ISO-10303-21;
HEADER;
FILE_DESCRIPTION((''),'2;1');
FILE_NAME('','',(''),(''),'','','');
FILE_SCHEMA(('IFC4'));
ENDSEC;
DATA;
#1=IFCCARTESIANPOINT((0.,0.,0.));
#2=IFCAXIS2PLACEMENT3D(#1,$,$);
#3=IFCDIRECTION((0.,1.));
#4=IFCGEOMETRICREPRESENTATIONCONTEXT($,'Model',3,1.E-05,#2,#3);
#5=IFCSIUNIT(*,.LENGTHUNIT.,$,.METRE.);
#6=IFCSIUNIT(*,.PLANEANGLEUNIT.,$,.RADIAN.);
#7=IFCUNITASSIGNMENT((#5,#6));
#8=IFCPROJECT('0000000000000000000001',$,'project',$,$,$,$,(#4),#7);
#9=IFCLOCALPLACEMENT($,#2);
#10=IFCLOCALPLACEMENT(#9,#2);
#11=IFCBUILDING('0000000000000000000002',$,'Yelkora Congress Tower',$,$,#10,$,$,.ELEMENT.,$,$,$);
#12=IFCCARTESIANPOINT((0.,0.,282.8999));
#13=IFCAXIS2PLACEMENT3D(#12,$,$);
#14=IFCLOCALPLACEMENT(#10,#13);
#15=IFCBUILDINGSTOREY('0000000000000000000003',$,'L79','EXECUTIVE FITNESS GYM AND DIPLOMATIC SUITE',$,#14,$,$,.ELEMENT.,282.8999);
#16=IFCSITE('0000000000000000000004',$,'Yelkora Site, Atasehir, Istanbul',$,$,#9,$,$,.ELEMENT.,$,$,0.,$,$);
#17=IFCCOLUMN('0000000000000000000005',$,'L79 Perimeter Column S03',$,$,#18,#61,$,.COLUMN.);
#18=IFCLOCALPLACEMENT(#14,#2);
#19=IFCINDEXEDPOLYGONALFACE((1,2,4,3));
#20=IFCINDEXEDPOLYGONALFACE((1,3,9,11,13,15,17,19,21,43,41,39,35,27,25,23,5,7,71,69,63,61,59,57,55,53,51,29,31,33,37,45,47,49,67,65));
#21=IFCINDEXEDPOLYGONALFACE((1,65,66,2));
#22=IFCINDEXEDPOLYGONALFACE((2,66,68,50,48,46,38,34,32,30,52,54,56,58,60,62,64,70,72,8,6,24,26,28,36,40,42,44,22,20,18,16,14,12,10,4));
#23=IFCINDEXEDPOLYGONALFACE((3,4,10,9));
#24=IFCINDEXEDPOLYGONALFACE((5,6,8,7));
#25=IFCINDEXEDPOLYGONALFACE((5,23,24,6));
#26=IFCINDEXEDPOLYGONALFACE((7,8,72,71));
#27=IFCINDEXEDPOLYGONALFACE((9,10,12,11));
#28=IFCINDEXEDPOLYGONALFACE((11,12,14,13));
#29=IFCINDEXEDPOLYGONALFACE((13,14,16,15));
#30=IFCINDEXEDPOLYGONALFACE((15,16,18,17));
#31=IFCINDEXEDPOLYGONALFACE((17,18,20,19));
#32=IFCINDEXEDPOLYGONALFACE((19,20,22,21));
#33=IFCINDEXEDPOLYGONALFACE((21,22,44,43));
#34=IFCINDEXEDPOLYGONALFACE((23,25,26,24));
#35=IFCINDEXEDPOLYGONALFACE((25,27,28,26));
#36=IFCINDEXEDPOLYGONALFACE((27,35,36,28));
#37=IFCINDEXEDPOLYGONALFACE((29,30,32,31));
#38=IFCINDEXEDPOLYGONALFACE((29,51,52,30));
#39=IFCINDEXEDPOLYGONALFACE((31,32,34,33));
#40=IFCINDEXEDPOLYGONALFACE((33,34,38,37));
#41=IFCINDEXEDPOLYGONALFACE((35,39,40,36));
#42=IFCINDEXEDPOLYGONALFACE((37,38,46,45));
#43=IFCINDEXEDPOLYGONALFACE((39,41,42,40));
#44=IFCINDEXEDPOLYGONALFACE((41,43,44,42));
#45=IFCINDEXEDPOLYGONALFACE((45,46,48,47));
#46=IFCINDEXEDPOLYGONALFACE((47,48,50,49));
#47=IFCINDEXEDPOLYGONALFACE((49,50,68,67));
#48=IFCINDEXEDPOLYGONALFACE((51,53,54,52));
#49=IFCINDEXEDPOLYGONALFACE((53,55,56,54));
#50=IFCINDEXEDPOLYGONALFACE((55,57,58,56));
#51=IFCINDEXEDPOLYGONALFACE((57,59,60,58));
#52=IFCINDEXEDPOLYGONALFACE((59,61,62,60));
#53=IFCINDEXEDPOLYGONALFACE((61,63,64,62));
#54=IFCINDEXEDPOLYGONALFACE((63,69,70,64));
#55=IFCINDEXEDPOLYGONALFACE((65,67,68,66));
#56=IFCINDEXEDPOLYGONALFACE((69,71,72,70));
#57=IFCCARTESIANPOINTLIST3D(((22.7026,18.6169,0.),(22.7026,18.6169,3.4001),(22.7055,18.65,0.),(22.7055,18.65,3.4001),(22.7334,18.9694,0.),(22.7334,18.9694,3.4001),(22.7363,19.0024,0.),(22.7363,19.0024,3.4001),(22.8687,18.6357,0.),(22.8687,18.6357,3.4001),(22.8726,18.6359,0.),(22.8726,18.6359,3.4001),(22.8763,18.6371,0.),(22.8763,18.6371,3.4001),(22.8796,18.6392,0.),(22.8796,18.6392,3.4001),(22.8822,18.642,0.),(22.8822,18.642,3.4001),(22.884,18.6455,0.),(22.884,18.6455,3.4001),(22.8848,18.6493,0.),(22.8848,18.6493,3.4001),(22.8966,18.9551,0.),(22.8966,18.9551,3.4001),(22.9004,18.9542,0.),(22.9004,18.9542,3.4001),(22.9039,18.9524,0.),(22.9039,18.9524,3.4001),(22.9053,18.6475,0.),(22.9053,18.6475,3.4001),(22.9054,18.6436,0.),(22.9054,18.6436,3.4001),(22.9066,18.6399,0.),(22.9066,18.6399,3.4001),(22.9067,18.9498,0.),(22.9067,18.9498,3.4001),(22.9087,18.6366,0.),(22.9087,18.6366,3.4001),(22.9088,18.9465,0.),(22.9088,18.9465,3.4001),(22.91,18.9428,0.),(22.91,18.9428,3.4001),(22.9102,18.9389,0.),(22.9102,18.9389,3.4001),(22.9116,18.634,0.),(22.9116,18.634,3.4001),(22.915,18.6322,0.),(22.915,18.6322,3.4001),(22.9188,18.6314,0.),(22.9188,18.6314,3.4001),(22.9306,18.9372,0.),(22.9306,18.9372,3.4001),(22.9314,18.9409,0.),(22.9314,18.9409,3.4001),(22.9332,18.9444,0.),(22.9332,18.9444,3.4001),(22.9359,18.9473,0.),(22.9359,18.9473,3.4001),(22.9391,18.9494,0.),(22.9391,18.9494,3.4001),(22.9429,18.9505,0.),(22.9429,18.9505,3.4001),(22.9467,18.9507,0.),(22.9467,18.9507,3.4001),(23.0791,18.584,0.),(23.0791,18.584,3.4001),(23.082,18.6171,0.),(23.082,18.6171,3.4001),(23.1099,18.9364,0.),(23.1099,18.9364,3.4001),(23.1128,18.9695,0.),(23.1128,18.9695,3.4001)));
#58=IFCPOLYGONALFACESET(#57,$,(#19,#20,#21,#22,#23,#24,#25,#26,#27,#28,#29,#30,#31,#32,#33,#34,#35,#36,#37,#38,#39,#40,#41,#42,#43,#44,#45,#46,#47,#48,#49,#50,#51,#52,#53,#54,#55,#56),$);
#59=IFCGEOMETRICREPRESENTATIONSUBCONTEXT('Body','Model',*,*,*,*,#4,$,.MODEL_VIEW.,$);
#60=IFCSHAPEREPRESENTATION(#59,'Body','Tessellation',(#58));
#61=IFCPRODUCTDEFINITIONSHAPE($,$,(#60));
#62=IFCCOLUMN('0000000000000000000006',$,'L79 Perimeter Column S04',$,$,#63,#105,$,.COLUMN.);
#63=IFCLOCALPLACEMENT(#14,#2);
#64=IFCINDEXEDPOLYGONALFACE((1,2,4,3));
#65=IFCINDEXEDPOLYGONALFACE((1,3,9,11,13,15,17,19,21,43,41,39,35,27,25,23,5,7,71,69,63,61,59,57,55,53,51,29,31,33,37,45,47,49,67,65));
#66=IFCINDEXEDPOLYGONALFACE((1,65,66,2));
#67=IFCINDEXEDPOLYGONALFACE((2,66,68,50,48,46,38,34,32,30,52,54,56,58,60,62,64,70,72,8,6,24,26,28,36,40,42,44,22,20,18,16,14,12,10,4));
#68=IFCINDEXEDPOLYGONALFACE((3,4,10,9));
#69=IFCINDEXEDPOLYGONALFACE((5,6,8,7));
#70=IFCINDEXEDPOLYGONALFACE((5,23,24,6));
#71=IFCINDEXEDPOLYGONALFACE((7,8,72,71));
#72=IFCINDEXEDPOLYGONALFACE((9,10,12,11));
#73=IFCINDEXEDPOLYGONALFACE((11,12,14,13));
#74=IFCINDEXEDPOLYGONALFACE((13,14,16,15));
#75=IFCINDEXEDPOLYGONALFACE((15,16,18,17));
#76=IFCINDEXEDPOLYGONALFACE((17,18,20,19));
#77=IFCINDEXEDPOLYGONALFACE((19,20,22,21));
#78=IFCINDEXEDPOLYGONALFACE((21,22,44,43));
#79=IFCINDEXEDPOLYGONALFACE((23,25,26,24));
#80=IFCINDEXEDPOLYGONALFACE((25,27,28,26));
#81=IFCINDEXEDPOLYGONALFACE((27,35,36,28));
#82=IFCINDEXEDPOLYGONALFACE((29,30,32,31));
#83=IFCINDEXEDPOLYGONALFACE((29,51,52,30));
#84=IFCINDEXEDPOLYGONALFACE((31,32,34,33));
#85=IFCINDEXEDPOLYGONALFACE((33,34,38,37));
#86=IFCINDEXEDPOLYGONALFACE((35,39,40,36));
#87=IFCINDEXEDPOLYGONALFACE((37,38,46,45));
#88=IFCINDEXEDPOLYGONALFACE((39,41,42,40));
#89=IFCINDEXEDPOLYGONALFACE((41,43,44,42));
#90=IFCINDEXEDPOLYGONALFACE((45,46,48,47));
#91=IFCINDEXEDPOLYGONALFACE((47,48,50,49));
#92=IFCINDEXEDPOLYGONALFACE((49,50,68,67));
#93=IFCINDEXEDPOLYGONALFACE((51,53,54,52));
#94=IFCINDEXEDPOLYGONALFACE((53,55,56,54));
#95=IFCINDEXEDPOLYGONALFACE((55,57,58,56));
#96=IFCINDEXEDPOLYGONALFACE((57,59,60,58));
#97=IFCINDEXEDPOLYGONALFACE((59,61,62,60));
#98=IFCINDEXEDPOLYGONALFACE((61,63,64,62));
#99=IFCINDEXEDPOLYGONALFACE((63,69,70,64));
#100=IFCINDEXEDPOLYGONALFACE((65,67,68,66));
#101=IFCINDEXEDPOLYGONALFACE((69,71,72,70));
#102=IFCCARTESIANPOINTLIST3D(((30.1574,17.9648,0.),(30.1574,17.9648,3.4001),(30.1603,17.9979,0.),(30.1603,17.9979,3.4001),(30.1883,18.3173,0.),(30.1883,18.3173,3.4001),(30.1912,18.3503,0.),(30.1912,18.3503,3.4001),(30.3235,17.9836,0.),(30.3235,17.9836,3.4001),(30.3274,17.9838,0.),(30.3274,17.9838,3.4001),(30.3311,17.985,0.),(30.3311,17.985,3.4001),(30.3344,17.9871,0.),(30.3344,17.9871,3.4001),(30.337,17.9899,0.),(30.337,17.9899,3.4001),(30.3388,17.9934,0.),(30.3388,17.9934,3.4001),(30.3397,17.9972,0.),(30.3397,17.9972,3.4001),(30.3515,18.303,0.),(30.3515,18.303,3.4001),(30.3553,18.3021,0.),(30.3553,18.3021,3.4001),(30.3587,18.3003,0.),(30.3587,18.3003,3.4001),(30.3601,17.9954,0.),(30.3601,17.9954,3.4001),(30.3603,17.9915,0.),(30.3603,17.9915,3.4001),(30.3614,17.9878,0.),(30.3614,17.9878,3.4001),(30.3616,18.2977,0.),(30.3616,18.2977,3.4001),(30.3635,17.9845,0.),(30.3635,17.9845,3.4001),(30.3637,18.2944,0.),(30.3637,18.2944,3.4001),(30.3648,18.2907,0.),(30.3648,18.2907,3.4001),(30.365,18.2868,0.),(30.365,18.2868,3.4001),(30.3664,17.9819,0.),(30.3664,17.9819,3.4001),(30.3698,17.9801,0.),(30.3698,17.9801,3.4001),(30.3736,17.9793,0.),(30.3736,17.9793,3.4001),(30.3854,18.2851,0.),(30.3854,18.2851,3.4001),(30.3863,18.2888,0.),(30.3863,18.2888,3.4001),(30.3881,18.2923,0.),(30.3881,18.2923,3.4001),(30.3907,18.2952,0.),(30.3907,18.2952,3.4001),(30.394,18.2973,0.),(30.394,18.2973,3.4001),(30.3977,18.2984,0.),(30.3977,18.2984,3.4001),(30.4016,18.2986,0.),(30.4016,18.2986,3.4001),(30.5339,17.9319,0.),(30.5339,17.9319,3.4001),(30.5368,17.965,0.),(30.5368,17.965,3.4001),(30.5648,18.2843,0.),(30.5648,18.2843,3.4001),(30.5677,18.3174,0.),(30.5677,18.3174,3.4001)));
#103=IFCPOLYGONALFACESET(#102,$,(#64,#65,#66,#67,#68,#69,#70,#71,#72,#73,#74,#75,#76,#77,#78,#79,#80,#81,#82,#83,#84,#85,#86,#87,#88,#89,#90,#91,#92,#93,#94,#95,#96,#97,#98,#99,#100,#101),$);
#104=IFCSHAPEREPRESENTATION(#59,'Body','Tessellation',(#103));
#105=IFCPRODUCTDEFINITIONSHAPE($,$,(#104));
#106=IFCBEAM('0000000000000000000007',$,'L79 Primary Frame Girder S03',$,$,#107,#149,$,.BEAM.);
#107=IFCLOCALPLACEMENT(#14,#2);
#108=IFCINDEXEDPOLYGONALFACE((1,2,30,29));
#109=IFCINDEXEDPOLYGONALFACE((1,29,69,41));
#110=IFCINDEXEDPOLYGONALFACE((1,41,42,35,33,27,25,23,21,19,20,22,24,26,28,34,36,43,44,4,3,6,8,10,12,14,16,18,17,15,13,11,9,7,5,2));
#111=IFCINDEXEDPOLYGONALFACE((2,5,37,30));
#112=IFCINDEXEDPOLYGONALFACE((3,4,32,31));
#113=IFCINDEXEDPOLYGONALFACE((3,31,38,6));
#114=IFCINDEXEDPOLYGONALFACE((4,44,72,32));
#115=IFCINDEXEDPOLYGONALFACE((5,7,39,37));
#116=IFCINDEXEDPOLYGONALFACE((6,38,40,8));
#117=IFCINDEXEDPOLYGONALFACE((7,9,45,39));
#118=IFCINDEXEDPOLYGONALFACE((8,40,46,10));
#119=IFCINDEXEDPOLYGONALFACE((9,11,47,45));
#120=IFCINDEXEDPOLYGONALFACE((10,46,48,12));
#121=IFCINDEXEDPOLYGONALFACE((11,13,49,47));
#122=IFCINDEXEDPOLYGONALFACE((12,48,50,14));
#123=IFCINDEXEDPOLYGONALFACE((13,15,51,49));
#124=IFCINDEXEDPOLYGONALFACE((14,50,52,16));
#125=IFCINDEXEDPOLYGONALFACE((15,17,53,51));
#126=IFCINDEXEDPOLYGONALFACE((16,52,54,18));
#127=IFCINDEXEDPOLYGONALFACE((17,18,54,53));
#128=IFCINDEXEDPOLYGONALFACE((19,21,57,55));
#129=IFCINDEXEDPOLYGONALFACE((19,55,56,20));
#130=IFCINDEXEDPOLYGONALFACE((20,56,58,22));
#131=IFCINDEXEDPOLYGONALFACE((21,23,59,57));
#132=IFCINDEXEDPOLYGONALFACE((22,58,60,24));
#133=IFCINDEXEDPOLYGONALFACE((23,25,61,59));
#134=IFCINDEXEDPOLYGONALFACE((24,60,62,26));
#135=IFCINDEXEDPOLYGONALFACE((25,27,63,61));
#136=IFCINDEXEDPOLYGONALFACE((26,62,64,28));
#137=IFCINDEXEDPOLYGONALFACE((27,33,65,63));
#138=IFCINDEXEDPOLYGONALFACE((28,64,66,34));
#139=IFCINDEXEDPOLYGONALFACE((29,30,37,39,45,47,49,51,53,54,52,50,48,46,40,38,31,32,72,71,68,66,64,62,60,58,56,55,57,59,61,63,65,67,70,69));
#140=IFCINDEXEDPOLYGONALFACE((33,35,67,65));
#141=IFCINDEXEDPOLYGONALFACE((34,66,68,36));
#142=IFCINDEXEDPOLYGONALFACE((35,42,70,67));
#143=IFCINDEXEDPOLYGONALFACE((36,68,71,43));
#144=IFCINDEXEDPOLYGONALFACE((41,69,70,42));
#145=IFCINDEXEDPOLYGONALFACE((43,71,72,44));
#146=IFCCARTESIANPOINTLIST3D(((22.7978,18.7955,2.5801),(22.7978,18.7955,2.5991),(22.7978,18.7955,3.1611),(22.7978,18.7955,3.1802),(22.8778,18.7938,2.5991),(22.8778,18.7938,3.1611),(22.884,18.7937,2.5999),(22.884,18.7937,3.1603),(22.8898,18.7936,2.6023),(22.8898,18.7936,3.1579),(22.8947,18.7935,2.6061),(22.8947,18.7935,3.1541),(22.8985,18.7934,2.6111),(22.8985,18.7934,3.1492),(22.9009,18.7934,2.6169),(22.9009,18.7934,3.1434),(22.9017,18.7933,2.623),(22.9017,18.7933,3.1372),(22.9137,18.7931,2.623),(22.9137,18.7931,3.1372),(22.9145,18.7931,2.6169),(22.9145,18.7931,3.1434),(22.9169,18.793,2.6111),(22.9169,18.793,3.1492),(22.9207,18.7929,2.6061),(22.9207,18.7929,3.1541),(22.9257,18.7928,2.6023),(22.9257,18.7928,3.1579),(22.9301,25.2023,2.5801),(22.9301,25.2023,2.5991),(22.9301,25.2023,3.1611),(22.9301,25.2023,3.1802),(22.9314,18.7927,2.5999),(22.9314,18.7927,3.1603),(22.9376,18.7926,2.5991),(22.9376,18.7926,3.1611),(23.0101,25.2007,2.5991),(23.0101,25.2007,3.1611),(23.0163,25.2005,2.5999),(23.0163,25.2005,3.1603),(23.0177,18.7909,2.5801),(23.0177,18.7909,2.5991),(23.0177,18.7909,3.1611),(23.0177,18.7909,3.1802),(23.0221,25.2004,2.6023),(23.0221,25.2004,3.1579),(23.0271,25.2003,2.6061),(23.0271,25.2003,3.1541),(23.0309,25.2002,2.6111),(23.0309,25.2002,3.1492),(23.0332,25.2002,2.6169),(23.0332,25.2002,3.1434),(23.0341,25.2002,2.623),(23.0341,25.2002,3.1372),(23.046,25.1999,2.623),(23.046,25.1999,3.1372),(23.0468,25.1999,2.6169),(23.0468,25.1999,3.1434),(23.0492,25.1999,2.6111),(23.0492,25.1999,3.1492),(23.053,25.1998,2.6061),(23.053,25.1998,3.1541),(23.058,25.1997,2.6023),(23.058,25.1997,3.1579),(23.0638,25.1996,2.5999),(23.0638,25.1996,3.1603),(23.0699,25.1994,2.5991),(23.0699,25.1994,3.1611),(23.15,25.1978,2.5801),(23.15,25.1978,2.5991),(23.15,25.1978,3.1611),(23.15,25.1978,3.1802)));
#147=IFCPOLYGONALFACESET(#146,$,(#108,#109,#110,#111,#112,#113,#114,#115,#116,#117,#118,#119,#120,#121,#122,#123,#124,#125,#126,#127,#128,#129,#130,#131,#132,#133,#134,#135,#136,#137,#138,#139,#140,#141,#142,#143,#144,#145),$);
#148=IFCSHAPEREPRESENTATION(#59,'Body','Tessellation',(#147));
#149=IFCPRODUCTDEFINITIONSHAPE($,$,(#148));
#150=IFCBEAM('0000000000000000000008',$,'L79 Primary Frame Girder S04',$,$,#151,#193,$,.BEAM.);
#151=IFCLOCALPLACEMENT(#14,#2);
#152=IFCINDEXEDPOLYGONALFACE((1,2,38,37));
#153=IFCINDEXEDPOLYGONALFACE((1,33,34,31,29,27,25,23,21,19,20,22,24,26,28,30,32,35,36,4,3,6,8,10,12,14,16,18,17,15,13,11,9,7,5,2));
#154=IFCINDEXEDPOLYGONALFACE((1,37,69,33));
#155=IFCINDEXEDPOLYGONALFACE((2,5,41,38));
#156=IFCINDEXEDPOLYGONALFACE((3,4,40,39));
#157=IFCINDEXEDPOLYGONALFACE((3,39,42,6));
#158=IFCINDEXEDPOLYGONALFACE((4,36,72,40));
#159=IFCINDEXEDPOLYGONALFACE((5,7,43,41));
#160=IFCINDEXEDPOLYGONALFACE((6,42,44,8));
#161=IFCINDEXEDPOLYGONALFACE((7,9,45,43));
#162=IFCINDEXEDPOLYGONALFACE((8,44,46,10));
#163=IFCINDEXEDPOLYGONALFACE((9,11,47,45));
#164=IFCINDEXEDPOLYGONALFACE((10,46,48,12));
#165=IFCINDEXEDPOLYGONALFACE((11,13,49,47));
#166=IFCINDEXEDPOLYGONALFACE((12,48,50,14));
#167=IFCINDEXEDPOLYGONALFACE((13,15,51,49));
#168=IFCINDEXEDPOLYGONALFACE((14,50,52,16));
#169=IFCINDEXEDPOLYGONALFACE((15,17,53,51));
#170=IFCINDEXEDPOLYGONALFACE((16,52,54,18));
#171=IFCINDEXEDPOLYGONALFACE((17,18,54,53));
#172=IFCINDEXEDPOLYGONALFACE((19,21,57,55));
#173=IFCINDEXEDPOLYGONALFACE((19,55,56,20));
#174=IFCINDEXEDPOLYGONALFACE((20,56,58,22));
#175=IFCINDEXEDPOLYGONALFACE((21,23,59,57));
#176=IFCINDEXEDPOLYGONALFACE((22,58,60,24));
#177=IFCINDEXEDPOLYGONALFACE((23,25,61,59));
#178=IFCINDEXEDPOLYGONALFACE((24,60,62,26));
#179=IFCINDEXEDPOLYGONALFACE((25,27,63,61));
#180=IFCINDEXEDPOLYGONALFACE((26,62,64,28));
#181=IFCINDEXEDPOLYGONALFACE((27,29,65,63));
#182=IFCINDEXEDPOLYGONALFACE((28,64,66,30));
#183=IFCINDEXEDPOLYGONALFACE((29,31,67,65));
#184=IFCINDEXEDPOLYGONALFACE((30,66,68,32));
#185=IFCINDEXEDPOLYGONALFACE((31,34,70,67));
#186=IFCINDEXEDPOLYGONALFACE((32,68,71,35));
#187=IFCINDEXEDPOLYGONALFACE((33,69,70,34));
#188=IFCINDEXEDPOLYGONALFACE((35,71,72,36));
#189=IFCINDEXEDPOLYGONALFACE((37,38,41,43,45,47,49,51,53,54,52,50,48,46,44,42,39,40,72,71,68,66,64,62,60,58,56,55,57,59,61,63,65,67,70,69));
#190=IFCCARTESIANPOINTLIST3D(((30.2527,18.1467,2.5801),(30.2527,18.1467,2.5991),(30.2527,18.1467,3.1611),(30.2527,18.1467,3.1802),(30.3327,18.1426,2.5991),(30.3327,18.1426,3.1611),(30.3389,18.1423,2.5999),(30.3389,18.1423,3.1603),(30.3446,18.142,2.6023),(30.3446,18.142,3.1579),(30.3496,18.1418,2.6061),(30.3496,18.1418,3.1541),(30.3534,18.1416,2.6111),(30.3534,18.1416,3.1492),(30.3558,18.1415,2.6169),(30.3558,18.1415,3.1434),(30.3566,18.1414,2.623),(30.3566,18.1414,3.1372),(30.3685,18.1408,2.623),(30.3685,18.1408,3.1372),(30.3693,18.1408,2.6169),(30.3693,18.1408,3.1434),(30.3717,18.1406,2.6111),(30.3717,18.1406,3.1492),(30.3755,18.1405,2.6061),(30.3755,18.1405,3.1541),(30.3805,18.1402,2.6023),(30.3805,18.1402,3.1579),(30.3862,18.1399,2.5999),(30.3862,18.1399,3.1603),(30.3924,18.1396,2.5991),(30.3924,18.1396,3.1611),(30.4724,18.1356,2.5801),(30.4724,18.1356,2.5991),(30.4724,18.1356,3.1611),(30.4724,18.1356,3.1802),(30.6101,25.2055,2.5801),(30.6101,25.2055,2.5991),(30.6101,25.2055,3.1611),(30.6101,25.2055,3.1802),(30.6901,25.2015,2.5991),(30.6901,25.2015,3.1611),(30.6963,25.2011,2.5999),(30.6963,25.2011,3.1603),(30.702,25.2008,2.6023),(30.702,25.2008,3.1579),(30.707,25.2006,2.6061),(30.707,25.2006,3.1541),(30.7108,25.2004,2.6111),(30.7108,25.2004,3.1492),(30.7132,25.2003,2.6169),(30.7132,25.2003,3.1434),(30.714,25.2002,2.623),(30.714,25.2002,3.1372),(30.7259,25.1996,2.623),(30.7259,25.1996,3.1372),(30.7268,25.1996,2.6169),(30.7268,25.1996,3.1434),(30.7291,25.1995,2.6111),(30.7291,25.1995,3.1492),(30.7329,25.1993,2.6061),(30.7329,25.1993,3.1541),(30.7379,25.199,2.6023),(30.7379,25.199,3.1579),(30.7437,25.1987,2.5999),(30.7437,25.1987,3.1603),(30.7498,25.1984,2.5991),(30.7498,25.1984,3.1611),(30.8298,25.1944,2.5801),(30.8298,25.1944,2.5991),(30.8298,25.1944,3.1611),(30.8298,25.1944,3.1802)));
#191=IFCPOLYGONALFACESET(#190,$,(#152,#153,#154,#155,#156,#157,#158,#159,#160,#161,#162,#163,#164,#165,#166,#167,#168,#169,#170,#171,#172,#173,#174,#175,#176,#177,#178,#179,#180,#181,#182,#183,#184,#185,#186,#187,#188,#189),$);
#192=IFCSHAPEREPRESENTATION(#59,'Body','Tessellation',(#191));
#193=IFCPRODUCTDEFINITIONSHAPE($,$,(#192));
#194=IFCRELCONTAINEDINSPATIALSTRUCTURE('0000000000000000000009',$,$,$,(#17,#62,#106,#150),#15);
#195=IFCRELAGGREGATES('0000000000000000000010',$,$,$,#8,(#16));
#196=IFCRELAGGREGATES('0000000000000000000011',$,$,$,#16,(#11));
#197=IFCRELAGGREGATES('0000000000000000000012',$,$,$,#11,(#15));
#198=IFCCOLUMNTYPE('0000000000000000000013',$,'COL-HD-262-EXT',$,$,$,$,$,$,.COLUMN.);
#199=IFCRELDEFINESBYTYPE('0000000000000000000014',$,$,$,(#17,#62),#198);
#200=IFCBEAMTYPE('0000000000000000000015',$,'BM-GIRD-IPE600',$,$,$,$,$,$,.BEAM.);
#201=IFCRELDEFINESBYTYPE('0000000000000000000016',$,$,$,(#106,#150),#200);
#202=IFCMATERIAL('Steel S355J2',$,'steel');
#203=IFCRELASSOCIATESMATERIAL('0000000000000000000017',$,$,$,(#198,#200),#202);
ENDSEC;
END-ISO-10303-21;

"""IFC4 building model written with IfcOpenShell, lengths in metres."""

from ifc_helpers import new_model, si_unit, direction, frame, origin, origin_2d, place, context, subcontext, project, spatial, i_section, extrude, material, material_profile, profile_set, type_object, element, save


model = new_model("IFC4")

# Units and contexts
model_context = context("Model", 3, precision=1e-05, world=origin(), true_north=direction((0.0, 1.0)))
body_context = subcontext(model_context, "Body", "Model", "MODEL_VIEW")
ifc_project = project(units=[si_unit("LENGTHUNIT", "METRE"), si_unit("PLANEANGLEUNIT", "RADIAN")], contexts=[model_context])

# Site, building, storey
site_placement = place(None, origin())
site = spatial("IfcSite", under=ifc_project, at=site_placement, Name="Yelkora Site, Atasehir, Istanbul", CompositionType="ELEMENT", RefElevation=0.0)
building_placement = place(site_placement, origin())
building = spatial("IfcBuilding", under=site, at=building_placement, Name="Yelkora Congress Tower", CompositionType="ELEMENT")
storey_placement = place(building_placement, frame((0.0, 0.0, 282.8999)))
storey = spatial("IfcBuildingStorey", under=building, at=storey_placement, Name="L79", Description="EXECUTIVE FITNESS GYM AND DIPLOMATIC SUITE", CompositionType="ELEMENT", Elevation=282.8999)

# Columns
ifc_material_1 = material(Name="Steel S355J2", Category="steel")
ifc_material_profile_1 = material_profile(ifc_material_1, i_section(OverallWidth=0.3779, OverallDepth=0.387, WebThickness=0.0205, FlangeThickness=0.0332, FilletRadius=0.0149, at=origin_2d()), Name="HD 360x262")
ifc_profile_set_1 = profile_set([ifc_material_profile_1], Name="Steel S355J2")
column_type = type_object("IfcColumnType", Name="COL-HD-262-EXT", PredefinedType="COLUMN", material=ifc_profile_set_1)
for number, where, z_axis, x_axis, name in (
    (1, (22.9077, 18.7932, 0.0), (0.0, 0.0, 1.0), (0.996195, -0.087156, 0.0), "L79 Perimeter Column S03"),
    (2, (30.3625, 18.1411, 0.0), (0.0, 0.0, 1.0), (0.996195, -0.087156, 0.0), "L79 Perimeter Column S04"),
):
    element("IfcColumn", number, at=place(storey_placement, frame(where, z_axis=z_axis, x_axis=x_axis)), inside=storey, type_object=column_type, Name=name, PredefinedType="COLUMN", context=body_context, shape_type="SweptSolid", body=[
        extrude(i_section(OverallWidth=0.3779, OverallDepth=0.387, WebThickness=0.0205, FlangeThickness=0.0332, FilletRadius=0.0149, at=origin_2d()), origin(), (0.0, 0.0, 1.0), 3.4001),
    ])

# Beams
ifc_material_profile_2 = material_profile(ifc_material_1, i_section(OverallWidth=0.22, OverallDepth=0.6001, WebThickness=0.012, FlangeThickness=0.019, FilletRadius=0.0239, at=origin_2d()), Name="IPE 600")
ifc_profile_set_2 = profile_set([ifc_material_profile_2], Name="Steel S355J2")
beam_type_1 = type_object("IfcBeamType", Name="BM-GIRD-IPE600", PredefinedType="BEAM", material=ifc_profile_set_2)
beam_1_placement = place(storey_placement, frame((22.9077, 18.7932, 2.8801), z_axis=(0.02065, 0.999787, 0.0), x_axis=(-0.999787, 0.02065, 0.0)))
element("IfcBeam", 3, at=beam_1_placement, inside=storey, type_object=beam_type_1, Name="L79 Primary Frame Girder S03", PredefinedType="BEAM", context=body_context, shape_type="SweptSolid", body=[
    extrude(i_section(OverallWidth=0.22, OverallDepth=0.6001, WebThickness=0.012, FlangeThickness=0.019, FilletRadius=0.0239, at=origin_2d()), origin(), (0.0, 0.0, 1.0), 6.4082),
])
beam_2_placement = place(storey_placement, frame((30.3625, 18.1411, 2.8801), z_axis=(0.05057, 0.998721, 0.0), x_axis=(-0.998721, 0.05057, 0.0)))
element("IfcBeam", 4, at=beam_2_placement, inside=storey, type_object=beam_type_1, Name="L79 Primary Frame Girder S04", PredefinedType="BEAM", context=body_context, shape_type="SweptSolid", body=[
    extrude(i_section(OverallWidth=0.22, OverallDepth=0.6001, WebThickness=0.012, FlangeThickness=0.019, FilletRadius=0.0239, at=origin_2d()), origin(), (0.0, 0.0, 1.0), 7.0679),
])

save(model, "model.ifc")
